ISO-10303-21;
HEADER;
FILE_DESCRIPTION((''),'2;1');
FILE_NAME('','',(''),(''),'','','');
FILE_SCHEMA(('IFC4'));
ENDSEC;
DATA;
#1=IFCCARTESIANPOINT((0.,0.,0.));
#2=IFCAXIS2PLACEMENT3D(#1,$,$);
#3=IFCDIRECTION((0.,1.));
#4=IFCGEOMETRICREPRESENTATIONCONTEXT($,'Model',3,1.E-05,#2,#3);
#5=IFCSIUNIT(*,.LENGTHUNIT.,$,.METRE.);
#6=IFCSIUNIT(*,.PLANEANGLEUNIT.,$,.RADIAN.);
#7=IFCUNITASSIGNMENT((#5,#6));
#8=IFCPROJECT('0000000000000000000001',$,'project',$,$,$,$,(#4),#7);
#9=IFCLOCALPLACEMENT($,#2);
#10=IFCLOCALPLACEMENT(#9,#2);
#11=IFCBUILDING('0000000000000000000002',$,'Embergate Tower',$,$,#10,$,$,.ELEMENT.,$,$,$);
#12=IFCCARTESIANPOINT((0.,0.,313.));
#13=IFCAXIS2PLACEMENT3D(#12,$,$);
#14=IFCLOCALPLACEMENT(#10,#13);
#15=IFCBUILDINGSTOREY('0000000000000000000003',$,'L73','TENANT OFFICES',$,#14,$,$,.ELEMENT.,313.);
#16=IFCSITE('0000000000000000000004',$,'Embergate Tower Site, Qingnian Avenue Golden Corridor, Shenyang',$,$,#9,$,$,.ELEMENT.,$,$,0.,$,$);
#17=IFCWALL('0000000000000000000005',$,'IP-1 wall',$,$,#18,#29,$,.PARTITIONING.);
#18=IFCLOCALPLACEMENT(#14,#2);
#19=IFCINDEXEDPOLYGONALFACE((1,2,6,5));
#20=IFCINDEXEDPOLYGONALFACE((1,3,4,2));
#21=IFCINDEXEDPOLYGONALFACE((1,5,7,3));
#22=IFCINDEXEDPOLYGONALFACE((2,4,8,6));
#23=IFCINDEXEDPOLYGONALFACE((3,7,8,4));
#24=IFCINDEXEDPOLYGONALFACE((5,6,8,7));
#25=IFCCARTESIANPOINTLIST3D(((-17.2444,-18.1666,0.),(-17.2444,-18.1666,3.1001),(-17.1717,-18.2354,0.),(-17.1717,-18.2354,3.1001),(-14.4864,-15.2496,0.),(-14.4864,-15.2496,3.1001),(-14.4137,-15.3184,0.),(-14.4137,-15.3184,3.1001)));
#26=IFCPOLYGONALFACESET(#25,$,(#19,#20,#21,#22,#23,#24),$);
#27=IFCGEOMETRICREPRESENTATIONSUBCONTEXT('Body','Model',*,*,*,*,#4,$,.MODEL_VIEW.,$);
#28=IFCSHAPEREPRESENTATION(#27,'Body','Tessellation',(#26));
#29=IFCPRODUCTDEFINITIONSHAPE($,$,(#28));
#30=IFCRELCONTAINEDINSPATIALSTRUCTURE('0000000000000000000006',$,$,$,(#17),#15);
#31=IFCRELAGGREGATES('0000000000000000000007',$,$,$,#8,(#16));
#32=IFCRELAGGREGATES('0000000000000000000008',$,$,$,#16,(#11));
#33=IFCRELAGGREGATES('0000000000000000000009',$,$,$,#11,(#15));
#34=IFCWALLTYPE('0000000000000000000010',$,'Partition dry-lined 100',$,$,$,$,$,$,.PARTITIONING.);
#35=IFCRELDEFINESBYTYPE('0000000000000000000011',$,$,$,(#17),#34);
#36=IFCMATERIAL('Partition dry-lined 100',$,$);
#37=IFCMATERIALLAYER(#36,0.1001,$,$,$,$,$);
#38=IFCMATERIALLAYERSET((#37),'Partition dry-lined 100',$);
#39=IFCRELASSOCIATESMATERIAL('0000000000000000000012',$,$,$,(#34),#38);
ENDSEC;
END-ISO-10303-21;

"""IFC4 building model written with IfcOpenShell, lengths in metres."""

from ifc_helpers import new_model, si_unit, direction, frame, frame_2d, origin, place, context, subcontext, project, spatial, rectangle, extrude, source, transform, mapped, material, layer, layer_set, type_object, element, save


model = new_model("IFC4")

# Units and contexts
model_context = context("Model", 3, precision=1e-05, world=origin(), true_north=direction((0.0, 1.0)))
body_context = subcontext(model_context, "Body", "Model", "MODEL_VIEW")
ifc_project = project(units=[si_unit("LENGTHUNIT", "METRE"), si_unit("PLANEANGLEUNIT", "RADIAN")], contexts=[model_context])

# Site, building, storey
site_placement = place(None, origin())
site = spatial("IfcSite", under=ifc_project, at=site_placement, Name="Embergate Tower Site, Qingnian Avenue Golden Corridor, Shenyang", CompositionType="ELEMENT", RefElevation=0.0)
building_placement = place(site_placement, origin())
building = spatial("IfcBuilding", under=site, at=building_placement, Name="Embergate Tower", CompositionType="ELEMENT")
storey_placement = place(building_placement, frame((0.0, 0.0, 313.0)))
storey = spatial("IfcBuildingStorey", under=building, at=storey_placement, Name="L73", Description="TENANT OFFICES", CompositionType="ELEMENT", Elevation=313.0)

# Wall
ifc_material_1 = material(Name="Partition dry-lined 100")
ifc_layer_1 = layer(ifc_material_1, 0.1001)
ifc_layer_set_1 = layer_set([ifc_layer_1], Name="Partition dry-lined 100")
wall_type = type_object("IfcWallType", Name="Partition dry-lined 100", PredefinedType="PARTITIONING", material=ifc_layer_set_1)
shared_shape_1 = source(origin(), body_context, "Body", "SweptSolid", [
    extrude(rectangle(XDim=4.0144, YDim=0.1001, at=frame_2d((2.0073, 0.0))), origin(), (0.0, 0.0, 1.0), 3.1001),
])
wall_1_placement = place(storey_placement, frame((-14.45, -15.2839, 0.0), z_axis=(0.0, 0.0, 1.0), x_axis=(-0.687034, -0.726625, 0.0)))
element("IfcWall", 1, at=wall_1_placement, inside=storey, type_object=wall_type, Name="IP-1 wall", PredefinedType="PARTITIONING", context=body_context, shape_type="MappedRepresentation", body=[
    mapped(shared_shape_1, transform((0.0, 0.0, 0.0))),
])

save(model, "model.ifc")
